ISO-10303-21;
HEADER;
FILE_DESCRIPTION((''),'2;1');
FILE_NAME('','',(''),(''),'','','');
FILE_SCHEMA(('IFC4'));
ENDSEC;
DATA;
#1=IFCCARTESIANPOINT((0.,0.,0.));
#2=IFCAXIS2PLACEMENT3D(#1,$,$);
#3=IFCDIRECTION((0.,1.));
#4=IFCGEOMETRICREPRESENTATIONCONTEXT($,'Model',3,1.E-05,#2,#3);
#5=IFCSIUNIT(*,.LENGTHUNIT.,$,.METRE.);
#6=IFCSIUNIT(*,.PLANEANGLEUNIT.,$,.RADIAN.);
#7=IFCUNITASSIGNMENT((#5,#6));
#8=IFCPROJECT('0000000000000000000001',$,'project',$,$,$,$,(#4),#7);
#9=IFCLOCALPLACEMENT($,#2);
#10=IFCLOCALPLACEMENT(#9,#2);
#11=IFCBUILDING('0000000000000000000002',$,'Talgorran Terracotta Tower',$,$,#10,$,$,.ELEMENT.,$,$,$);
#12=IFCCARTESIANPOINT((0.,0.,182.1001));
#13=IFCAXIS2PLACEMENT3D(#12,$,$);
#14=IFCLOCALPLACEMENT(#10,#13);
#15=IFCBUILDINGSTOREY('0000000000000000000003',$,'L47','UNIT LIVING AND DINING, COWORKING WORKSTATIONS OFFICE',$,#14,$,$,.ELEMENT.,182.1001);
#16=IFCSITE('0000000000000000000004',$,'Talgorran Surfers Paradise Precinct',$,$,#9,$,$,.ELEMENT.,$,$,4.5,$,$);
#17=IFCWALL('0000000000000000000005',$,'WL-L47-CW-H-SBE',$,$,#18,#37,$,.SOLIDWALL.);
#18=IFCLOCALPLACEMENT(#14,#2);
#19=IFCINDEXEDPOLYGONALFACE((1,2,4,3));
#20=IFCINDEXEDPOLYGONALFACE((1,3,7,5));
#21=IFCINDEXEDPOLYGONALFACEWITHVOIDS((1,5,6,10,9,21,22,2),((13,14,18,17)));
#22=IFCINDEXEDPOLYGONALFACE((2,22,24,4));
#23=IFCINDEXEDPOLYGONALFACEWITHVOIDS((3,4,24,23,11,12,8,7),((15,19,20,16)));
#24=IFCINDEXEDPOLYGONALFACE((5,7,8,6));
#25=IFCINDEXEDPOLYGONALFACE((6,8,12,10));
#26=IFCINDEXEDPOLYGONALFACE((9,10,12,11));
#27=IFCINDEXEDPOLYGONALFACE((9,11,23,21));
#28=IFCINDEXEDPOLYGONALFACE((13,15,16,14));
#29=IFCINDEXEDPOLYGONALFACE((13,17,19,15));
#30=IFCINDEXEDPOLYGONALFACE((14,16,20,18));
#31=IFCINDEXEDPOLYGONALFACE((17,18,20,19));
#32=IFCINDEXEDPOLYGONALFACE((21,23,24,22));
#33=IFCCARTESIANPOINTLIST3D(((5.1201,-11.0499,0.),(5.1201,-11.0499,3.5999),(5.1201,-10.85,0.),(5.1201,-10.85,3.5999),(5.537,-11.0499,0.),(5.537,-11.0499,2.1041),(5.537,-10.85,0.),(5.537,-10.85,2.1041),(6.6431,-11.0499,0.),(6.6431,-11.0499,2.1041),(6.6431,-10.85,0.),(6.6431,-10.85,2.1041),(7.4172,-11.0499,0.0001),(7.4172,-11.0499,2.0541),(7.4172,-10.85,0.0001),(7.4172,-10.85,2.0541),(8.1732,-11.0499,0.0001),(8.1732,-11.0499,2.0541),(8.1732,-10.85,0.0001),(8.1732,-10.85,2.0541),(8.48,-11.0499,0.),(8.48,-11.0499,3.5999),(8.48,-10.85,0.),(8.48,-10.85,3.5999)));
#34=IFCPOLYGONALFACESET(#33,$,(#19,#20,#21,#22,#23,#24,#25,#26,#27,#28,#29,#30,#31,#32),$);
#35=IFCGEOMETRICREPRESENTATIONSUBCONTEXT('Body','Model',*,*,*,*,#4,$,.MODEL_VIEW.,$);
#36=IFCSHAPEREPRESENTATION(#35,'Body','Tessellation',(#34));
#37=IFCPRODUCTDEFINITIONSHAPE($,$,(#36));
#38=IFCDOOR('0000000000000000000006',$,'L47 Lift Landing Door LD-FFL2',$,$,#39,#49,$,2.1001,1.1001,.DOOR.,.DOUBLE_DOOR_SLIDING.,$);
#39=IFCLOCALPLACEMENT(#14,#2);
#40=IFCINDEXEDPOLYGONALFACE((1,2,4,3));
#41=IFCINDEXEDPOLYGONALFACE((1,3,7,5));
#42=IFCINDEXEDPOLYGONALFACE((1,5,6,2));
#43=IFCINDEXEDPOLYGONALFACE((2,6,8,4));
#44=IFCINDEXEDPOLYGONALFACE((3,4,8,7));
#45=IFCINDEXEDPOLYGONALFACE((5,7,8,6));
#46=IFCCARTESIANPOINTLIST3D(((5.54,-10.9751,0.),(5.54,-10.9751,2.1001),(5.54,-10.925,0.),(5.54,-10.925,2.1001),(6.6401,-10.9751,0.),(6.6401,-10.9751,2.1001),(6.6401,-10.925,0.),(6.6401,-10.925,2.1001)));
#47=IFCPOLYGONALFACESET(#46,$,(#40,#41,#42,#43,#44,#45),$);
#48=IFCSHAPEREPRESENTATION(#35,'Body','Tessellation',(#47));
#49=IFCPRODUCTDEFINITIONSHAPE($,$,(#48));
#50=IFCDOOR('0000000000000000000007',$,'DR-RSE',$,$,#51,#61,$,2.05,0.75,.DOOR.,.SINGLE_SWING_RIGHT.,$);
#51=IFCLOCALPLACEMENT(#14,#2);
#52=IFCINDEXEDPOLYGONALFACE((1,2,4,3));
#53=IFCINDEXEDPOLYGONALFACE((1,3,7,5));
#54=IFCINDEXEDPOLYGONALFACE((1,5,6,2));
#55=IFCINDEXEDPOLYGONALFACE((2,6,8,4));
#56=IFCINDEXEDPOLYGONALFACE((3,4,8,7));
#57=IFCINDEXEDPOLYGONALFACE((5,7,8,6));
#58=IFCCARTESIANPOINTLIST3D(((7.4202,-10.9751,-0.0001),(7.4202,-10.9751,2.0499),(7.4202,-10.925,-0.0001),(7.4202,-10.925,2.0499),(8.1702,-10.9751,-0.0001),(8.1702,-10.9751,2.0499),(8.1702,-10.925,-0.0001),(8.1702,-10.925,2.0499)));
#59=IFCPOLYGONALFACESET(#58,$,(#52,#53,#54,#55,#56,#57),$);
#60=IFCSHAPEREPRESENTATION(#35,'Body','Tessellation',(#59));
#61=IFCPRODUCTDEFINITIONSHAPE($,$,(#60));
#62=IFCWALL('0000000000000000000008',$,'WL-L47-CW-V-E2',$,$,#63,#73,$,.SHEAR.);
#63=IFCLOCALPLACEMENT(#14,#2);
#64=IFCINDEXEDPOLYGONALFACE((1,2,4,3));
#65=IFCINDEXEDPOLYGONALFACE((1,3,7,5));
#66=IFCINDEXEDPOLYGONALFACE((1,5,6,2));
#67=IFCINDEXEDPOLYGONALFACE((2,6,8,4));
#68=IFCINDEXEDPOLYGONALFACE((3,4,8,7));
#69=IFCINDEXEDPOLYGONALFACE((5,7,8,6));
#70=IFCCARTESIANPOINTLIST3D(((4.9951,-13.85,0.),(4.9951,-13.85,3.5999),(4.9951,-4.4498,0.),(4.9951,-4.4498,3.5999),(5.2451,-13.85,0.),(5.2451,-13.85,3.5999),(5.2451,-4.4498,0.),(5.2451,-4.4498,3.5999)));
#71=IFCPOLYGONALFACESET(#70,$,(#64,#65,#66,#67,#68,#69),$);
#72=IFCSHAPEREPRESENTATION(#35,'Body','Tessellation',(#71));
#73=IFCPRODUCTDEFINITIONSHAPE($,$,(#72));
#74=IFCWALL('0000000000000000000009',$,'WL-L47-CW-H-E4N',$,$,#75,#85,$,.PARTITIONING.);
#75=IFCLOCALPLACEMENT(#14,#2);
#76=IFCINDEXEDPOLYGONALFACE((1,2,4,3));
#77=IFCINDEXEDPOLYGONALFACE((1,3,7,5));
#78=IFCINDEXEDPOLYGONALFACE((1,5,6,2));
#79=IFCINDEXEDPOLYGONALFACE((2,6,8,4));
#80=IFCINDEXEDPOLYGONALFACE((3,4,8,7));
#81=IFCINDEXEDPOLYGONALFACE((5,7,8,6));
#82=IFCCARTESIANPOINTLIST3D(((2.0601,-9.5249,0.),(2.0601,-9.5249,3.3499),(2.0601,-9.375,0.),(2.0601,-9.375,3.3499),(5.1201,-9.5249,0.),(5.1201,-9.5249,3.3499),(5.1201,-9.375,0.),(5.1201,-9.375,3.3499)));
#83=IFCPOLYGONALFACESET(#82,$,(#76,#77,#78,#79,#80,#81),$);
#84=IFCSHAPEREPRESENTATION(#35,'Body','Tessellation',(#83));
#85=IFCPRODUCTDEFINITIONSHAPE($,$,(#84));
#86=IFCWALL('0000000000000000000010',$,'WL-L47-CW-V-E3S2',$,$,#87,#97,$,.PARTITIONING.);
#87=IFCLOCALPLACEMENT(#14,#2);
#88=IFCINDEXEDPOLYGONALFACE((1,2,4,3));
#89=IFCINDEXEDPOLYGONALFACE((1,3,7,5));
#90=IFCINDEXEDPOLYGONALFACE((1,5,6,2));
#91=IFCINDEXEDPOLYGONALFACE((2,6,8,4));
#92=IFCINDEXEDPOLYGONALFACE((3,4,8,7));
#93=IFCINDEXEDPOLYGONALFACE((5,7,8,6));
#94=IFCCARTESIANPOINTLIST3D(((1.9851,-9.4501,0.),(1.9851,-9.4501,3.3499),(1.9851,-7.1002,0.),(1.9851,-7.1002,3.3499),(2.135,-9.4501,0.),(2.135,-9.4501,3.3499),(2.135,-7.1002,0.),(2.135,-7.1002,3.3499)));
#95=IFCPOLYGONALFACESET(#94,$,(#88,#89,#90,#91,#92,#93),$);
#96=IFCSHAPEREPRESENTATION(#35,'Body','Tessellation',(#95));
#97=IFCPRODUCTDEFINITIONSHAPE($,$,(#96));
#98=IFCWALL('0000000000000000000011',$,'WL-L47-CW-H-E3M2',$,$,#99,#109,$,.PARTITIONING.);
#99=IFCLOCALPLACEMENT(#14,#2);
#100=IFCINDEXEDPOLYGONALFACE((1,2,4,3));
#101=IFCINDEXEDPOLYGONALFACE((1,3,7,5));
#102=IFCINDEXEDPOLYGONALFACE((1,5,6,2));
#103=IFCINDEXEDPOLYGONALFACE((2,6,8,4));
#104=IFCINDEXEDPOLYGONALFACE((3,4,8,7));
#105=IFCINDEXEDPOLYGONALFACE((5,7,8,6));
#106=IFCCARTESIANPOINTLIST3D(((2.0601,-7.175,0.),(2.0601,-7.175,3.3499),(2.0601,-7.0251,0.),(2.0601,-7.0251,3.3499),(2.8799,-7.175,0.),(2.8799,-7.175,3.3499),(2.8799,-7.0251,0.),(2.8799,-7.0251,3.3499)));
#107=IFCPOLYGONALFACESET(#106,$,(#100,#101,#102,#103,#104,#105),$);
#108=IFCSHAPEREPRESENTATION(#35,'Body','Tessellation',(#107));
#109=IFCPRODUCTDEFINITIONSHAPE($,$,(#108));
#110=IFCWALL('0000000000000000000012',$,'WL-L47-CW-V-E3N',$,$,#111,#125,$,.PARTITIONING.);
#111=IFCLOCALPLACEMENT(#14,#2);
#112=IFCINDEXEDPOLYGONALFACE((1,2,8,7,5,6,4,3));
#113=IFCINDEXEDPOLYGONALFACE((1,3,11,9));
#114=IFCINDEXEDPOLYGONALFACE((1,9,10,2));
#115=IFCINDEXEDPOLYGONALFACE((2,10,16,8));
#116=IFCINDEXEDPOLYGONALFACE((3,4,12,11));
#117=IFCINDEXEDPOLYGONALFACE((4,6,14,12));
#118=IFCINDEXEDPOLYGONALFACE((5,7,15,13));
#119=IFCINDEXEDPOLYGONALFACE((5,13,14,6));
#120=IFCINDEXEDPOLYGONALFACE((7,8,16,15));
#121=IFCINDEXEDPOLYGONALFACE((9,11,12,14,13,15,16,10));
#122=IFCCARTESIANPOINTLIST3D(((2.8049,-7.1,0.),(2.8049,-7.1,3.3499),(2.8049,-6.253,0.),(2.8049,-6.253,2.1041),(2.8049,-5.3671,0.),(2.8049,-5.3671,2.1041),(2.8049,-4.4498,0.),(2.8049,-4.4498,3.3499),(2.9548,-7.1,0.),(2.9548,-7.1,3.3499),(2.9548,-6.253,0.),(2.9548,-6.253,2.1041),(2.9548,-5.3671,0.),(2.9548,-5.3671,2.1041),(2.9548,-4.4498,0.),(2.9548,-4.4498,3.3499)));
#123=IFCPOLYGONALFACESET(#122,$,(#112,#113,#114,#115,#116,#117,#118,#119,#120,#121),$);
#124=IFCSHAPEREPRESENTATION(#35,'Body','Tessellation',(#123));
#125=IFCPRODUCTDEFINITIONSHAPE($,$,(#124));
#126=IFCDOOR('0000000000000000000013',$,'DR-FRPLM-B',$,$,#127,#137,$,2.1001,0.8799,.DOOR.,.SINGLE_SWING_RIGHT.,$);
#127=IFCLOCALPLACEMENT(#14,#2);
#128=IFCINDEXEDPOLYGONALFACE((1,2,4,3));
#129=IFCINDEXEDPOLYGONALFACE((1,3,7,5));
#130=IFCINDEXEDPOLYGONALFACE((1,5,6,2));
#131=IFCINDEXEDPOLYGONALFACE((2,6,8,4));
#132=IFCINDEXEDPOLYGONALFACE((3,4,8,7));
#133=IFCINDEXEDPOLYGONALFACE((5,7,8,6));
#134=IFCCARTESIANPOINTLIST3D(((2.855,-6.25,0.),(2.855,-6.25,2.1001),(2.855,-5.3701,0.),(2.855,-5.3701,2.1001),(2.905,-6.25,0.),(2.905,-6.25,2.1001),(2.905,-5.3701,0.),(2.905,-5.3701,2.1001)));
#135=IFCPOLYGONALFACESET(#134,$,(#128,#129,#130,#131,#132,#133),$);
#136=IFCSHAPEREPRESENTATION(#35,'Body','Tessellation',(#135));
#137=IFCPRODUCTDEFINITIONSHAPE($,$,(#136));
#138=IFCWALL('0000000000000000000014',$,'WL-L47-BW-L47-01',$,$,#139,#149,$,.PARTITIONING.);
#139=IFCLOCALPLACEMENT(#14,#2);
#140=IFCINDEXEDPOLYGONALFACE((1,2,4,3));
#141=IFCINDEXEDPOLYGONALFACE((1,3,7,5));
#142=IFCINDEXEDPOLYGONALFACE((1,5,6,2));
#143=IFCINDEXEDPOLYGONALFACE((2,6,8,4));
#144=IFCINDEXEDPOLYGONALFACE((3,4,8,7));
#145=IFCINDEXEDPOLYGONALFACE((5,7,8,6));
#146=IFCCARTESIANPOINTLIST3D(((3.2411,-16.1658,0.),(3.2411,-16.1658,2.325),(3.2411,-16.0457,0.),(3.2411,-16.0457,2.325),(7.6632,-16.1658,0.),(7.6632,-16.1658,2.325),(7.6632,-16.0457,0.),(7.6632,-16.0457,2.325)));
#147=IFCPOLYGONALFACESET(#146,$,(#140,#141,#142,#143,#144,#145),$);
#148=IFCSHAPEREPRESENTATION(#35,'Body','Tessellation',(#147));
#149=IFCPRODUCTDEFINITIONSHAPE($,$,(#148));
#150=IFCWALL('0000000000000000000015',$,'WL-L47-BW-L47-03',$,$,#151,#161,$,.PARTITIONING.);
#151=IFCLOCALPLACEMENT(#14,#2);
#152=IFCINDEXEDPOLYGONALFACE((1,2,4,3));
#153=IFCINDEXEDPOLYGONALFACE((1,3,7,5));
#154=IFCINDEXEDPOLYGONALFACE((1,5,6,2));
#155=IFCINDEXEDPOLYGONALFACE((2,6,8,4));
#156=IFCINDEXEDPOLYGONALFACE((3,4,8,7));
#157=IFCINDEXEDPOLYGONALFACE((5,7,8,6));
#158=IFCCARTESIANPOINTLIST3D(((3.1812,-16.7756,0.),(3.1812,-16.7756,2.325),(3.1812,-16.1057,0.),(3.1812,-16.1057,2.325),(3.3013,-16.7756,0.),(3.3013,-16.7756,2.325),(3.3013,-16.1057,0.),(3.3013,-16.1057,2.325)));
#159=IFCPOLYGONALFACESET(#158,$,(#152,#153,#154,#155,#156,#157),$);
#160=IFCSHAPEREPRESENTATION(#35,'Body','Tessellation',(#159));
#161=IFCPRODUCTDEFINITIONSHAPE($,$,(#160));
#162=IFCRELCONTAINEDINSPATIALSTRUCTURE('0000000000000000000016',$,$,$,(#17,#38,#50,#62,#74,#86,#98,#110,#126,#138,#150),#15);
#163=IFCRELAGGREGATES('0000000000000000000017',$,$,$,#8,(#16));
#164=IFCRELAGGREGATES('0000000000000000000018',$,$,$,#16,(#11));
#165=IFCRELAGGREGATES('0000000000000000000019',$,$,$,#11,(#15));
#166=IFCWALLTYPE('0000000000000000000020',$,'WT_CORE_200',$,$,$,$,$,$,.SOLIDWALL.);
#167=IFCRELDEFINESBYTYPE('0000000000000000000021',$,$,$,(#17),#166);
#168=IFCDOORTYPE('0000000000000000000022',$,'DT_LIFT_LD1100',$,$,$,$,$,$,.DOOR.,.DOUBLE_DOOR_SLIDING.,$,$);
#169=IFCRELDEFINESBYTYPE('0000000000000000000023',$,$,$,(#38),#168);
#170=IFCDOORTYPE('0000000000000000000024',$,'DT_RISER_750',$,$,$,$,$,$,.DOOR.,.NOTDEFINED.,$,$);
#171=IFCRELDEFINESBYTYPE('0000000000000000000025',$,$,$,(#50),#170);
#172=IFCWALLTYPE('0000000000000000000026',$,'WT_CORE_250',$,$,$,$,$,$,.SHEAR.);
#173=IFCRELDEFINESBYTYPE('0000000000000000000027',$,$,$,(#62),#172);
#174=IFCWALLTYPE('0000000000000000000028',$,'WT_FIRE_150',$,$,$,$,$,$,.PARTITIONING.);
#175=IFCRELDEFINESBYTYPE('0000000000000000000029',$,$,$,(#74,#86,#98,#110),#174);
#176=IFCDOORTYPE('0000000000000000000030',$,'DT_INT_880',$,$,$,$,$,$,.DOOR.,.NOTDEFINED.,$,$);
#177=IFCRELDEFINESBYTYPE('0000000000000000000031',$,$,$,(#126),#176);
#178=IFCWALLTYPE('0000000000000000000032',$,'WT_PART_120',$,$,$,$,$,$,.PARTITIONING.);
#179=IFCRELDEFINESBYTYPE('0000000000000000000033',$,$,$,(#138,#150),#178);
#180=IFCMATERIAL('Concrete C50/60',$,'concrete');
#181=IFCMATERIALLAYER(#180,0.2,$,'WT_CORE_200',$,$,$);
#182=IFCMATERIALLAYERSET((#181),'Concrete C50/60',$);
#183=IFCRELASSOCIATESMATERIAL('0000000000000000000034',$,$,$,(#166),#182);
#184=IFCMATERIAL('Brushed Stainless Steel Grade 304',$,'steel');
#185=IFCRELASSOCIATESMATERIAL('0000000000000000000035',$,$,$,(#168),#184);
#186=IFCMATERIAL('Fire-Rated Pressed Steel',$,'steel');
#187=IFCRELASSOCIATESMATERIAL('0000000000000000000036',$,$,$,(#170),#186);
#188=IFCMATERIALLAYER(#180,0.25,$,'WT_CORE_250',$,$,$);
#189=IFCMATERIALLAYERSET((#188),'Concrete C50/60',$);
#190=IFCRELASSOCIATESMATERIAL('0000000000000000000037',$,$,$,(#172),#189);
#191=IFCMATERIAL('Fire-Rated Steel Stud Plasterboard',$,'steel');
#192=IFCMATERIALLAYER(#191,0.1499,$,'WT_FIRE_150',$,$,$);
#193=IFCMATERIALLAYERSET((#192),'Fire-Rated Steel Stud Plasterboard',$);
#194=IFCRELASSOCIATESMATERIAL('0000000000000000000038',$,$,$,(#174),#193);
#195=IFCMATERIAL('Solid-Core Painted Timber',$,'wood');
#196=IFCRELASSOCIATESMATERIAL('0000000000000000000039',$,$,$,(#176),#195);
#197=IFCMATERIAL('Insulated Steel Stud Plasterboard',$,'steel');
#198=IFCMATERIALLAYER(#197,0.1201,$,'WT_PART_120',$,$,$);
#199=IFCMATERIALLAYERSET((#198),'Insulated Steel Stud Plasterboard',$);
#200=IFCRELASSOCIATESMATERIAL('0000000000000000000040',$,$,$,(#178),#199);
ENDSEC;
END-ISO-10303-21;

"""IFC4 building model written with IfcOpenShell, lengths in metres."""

from ifc_helpers import new_model, si_unit, direction, frame, frame_2d, origin, place, context, subcontext, project, spatial, rectangle, extrude, material, layer, layer_set, type_object, element, fill, save


model = new_model("IFC4")

# Units and contexts
model_context = context("Model", 3, precision=1e-05, world=origin(), true_north=direction((0.0, 1.0)))
body_context = subcontext(model_context, "Body", "Model", "MODEL_VIEW")
ifc_project = project(units=[si_unit("LENGTHUNIT", "METRE"), si_unit("PLANEANGLEUNIT", "RADIAN")], contexts=[model_context])

# Site, building, storey
site_placement = place(None, origin())
site = spatial("IfcSite", under=ifc_project, at=site_placement, Name="Talgorran Surfers Paradise Precinct", CompositionType="ELEMENT", RefElevation=4.5)
building_placement = place(site_placement, origin())
building = spatial("IfcBuilding", under=site, at=building_placement, Name="Talgorran Terracotta Tower", CompositionType="ELEMENT")
storey_placement = place(building_placement, frame((0.0, 0.0, 182.1001)))
storey = spatial("IfcBuildingStorey", under=building, at=storey_placement, Name="L47", Description="UNIT LIVING AND DINING, COWORKING WORKSTATIONS OFFICE", CompositionType="ELEMENT", Elevation=182.1001)

# Shared definitions
ifc_material_1 = material(Name="Concrete C50/60", Category="concrete")

# Wall, openings, doors
ifc_layer_1 = layer(ifc_material_1, 0.2, Name="WT_CORE_200")
ifc_layer_set_1 = layer_set([ifc_layer_1], Name="Concrete C50/60")
wall_type_1 = type_object("IfcWallType", Name="WT_CORE_200", PredefinedType="SOLIDWALL", material=ifc_layer_set_1)
wall_1_placement = place(storey_placement, frame((5.1201, -10.95, 0.0), z_axis=(0.0, 0.0, 1.0), x_axis=(1.0, 0.0, 0.0)))
wall_1 = element("IfcWall", 1, at=wall_1_placement, inside=storey, type_object=wall_type_1, Name="WL-L47-CW-H-SBE", PredefinedType="SOLIDWALL", context=body_context, shape_type="SweptSolid", body=[
    extrude(rectangle(XDim=3.3599, YDim=0.2, at=frame_2d((1.6799, 0.0))), origin(), (0.0, 0.0, 1.0), 3.5999),
])
opening_1_placement = place(wall_1_placement, frame((0.4199, 0.0, 0.0)))
opening_1 = element("IfcOpeningElement", 2, at=opening_1_placement, cuts=wall_1, PredefinedType="OPENING", context=body_context, shape_type="SweptSolid", body=[
    extrude(rectangle(XDim=1.1061, YDim=2.1041, at=frame_2d((0.55, 1.052))), frame((0.0, 0.1099, 0.0), z_axis=(0.0, -1.0, 0.0), x_axis=(1.0, 0.0, 0.0)), (0.0, 0.0, 1.0), 0.22),
])
opening_2_placement = place(wall_1_placement, frame((2.3, 0.0, 0.0)))
opening_2 = element("IfcOpeningElement", 3, at=opening_2_placement, cuts=wall_1, PredefinedType="OPENING", context=body_context, shape_type="SweptSolid", body=[
    extrude(rectangle(XDim=0.756, YDim=2.054, at=frame_2d((0.375, 1.0271))), frame((0.0, 0.1099, 0.0), z_axis=(0.0, -1.0, 0.0), x_axis=(1.0, 0.0, 0.0)), (0.0, 0.0, 1.0), 0.22),
])
ifc_material_2 = material(Name="Brushed Stainless Steel Grade 304", Category="steel")
door_type_1 = type_object("IfcDoorType", Name="DT_LIFT_LD1100", OperationType="DOUBLE_DOOR_SLIDING", PredefinedType="DOOR", material=ifc_material_2)
door_1_placement = place(opening_1_placement, origin())
door_1 = element("IfcDoor", 4, at=door_1_placement, inside=storey, type_object=door_type_1, Name="L47 Lift Landing Door LD-FFL2", OperationType="DOUBLE_DOOR_SLIDING", OverallHeight=2.1001, OverallWidth=1.1001, PredefinedType="DOOR", context=body_context, shape_type="SweptSolid", body=[
    extrude(rectangle(XDim=1.1001, YDim=2.1001, at=frame_2d((0.55, 1.05))), frame((0.0, 0.0249, 0.0), z_axis=(0.0, -1.0, 0.0), x_axis=(1.0, 0.0, 0.0)), (0.0, 0.0, 1.0), 0.05),
])
fill(opening_1, door_1)
ifc_material_3 = material(Name="Fire-Rated Pressed Steel", Category="steel")
door_type_2 = type_object("IfcDoorType", Name="DT_RISER_750", OperationType="NOTDEFINED", PredefinedType="DOOR", material=ifc_material_3)
door_2_placement = place(opening_2_placement, origin())
door_2 = element("IfcDoor", 5, at=door_2_placement, inside=storey, type_object=door_type_2, Name="DR-RSE", OperationType="SINGLE_SWING_RIGHT", OverallHeight=2.05, OverallWidth=0.75, PredefinedType="DOOR", context=body_context, shape_type="SweptSolid", body=[
    extrude(rectangle(XDim=0.75, YDim=2.05, at=frame_2d((0.375, 1.0249))), frame((0.0, 0.0249, 0.0), z_axis=(0.0, -1.0, 0.0), x_axis=(1.0, 0.0, 0.0)), (0.0, 0.0, 1.0), 0.05),
])
fill(opening_2, door_2)

# Walls
ifc_layer_2 = layer(ifc_material_1, 0.25, Name="WT_CORE_250")
ifc_layer_set_2 = layer_set([ifc_layer_2], Name="Concrete C50/60")
wall_type_2 = type_object("IfcWallType", Name="WT_CORE_250", PredefinedType="SHEAR", material=ifc_layer_set_2)
wall_2_placement = place(storey_placement, frame((5.1201, -13.8501, 0.0), z_axis=(0.0, 0.0, 1.0), x_axis=(0.0, 1.0, 0.0)))
element("IfcWall", 6, at=wall_2_placement, inside=storey, type_object=wall_type_2, Name="WL-L47-CW-V-E2", PredefinedType="SHEAR", context=body_context, shape_type="SweptSolid", body=[
    extrude(rectangle(XDim=9.4001, YDim=0.25, at=frame_2d((4.7002, 0.0))), origin(), (0.0, 0.0, 1.0), 3.5999),
])
ifc_material_4 = material(Name="Fire-Rated Steel Stud Plasterboard", Category="steel")
ifc_layer_3 = layer(ifc_material_4, 0.1499, Name="WT_FIRE_150")
ifc_layer_set_3 = layer_set([ifc_layer_3], Name="Fire-Rated Steel Stud Plasterboard")
wall_type_3 = type_object("IfcWallType", Name="WT_FIRE_150", PredefinedType="PARTITIONING", material=ifc_layer_set_3)
wall_3_placement = place(storey_placement, frame((2.0601, -9.45, 0.0), z_axis=(0.0, 0.0, 1.0), x_axis=(1.0, 0.0, 0.0)))
element("IfcWall", 7, at=wall_3_placement, inside=storey, type_object=wall_type_3, Name="WL-L47-CW-H-E4N", PredefinedType="PARTITIONING", context=body_context, shape_type="SweptSolid", body=[
    extrude(rectangle(XDim=3.0601, YDim=0.1499, at=frame_2d((1.53, 0.0))), origin(), (0.0, 0.0, 1.0), 3.3499),
])
wall_4_placement = place(storey_placement, frame((2.0601, -9.45, 0.0), z_axis=(0.0, 0.0, 1.0), x_axis=(0.0, 1.0, 0.0)))
element("IfcWall", 8, at=wall_4_placement, inside=storey, type_object=wall_type_3, Name="WL-L47-CW-V-E3S2", PredefinedType="PARTITIONING", context=body_context, shape_type="SweptSolid", body=[
    extrude(rectangle(XDim=2.3499, YDim=0.1499, at=frame_2d((1.1748, 0.0))), origin(), (0.0, 0.0, 1.0), 3.3499),
])
wall_5_placement = place(storey_placement, frame((2.0601, -7.1001, 0.0), z_axis=(0.0, 0.0, 1.0), x_axis=(1.0, 0.0, 0.0)))
element("IfcWall", 9, at=wall_5_placement, inside=storey, type_object=wall_type_3, Name="WL-L47-CW-H-E3M2", PredefinedType="PARTITIONING", context=body_context, shape_type="SweptSolid", body=[
    extrude(rectangle(XDim=0.8198, YDim=0.1499, at=frame_2d((0.4099, 0.0))), origin(), (0.0, 0.0, 1.0), 3.3499),
])

# Wall, opening, door
wall_6_placement = place(storey_placement, frame((2.8799, -7.1001, 0.0), z_axis=(0.0, 0.0, 1.0), x_axis=(0.0, 1.0, 0.0)))
wall_6 = element("IfcWall", 10, at=wall_6_placement, inside=storey, type_object=wall_type_3, Name="WL-L47-CW-V-E3N", PredefinedType="PARTITIONING", context=body_context, shape_type="SweptSolid", body=[
    extrude(rectangle(XDim=2.6501, YDim=0.1499, at=frame_2d((1.3252, 0.0))), origin(), (0.0, 0.0, 1.0), 3.3499),
])
opening_3_placement = place(wall_6_placement, frame((0.8501, 0.0, 0.0)))
opening_3 = element("IfcOpeningElement", 11, at=opening_3_placement, cuts=wall_6, PredefinedType="OPENING", context=body_context, shape_type="SweptSolid", body=[
    extrude(rectangle(XDim=0.8859, YDim=2.1041, at=frame_2d((0.4399, 1.052))), frame((0.0, 0.085, 0.0), z_axis=(0.0, -1.0, 0.0), x_axis=(1.0, 0.0, 0.0)), (0.0, 0.0, 1.0), 0.1699),
])
ifc_material_5 = material(Name="Solid-Core Painted Timber", Category="wood")
door_type_3 = type_object("IfcDoorType", Name="DT_INT_880", OperationType="NOTDEFINED", PredefinedType="DOOR", material=ifc_material_5)
door_3_placement = place(opening_3_placement, origin())
door_3 = element("IfcDoor", 12, at=door_3_placement, inside=storey, type_object=door_type_3, Name="DR-FRPLM-B", OperationType="SINGLE_SWING_RIGHT", OverallHeight=2.1001, OverallWidth=0.8799, PredefinedType="DOOR", context=body_context, shape_type="SweptSolid", body=[
    extrude(rectangle(XDim=0.8799, YDim=2.1001, at=frame_2d((0.4399, 1.05))), frame((0.0, 0.0249, 0.0), z_axis=(0.0, -1.0, 0.0), x_axis=(1.0, 0.0, 0.0)), (0.0, 0.0, 1.0), 0.05),
])
fill(opening_3, door_3)

# Walls
ifc_material_6 = material(Name="Insulated Steel Stud Plasterboard", Category="steel")
ifc_layer_4 = layer(ifc_material_6, 0.1201, Name="WT_PART_120")
ifc_layer_set_4 = layer_set([ifc_layer_4], Name="Insulated Steel Stud Plasterboard")
wall_type_4 = type_object("IfcWallType", Name="WT_PART_120", PredefinedType="PARTITIONING", material=ifc_layer_set_4)
wall_7_placement = place(storey_placement, frame((3.2412, -16.1057, 0.0), z_axis=(0.0, 0.0, 1.0), x_axis=(1.0, 0.0, 0.0)))
element("IfcWall", 13, at=wall_7_placement, inside=storey, type_object=wall_type_4, Name="WL-L47-BW-L47-01", PredefinedType="PARTITIONING", context=body_context, shape_type="SweptSolid", body=[
    extrude(rectangle(XDim=4.4221, YDim=0.1201, at=frame_2d((2.2109, 0.0))), origin(), (0.0, 0.0, 1.0), 2.325),
])
wall_8_placement = place(storey_placement, frame((3.2412, -16.7756, 0.0), z_axis=(0.0, 0.0, 1.0), x_axis=(0.0, 1.0, 0.0)))
element("IfcWall", 14, at=wall_8_placement, inside=storey, type_object=wall_type_4, Name="WL-L47-BW-L47-03", PredefinedType="PARTITIONING", context=body_context, shape_type="SweptSolid", body=[
    extrude(rectangle(XDim=0.6699, YDim=0.1201, at=frame_2d((0.335, 0.0))), origin(), (0.0, 0.0, 1.0), 2.325),
])

save(model, "model.ifc")
